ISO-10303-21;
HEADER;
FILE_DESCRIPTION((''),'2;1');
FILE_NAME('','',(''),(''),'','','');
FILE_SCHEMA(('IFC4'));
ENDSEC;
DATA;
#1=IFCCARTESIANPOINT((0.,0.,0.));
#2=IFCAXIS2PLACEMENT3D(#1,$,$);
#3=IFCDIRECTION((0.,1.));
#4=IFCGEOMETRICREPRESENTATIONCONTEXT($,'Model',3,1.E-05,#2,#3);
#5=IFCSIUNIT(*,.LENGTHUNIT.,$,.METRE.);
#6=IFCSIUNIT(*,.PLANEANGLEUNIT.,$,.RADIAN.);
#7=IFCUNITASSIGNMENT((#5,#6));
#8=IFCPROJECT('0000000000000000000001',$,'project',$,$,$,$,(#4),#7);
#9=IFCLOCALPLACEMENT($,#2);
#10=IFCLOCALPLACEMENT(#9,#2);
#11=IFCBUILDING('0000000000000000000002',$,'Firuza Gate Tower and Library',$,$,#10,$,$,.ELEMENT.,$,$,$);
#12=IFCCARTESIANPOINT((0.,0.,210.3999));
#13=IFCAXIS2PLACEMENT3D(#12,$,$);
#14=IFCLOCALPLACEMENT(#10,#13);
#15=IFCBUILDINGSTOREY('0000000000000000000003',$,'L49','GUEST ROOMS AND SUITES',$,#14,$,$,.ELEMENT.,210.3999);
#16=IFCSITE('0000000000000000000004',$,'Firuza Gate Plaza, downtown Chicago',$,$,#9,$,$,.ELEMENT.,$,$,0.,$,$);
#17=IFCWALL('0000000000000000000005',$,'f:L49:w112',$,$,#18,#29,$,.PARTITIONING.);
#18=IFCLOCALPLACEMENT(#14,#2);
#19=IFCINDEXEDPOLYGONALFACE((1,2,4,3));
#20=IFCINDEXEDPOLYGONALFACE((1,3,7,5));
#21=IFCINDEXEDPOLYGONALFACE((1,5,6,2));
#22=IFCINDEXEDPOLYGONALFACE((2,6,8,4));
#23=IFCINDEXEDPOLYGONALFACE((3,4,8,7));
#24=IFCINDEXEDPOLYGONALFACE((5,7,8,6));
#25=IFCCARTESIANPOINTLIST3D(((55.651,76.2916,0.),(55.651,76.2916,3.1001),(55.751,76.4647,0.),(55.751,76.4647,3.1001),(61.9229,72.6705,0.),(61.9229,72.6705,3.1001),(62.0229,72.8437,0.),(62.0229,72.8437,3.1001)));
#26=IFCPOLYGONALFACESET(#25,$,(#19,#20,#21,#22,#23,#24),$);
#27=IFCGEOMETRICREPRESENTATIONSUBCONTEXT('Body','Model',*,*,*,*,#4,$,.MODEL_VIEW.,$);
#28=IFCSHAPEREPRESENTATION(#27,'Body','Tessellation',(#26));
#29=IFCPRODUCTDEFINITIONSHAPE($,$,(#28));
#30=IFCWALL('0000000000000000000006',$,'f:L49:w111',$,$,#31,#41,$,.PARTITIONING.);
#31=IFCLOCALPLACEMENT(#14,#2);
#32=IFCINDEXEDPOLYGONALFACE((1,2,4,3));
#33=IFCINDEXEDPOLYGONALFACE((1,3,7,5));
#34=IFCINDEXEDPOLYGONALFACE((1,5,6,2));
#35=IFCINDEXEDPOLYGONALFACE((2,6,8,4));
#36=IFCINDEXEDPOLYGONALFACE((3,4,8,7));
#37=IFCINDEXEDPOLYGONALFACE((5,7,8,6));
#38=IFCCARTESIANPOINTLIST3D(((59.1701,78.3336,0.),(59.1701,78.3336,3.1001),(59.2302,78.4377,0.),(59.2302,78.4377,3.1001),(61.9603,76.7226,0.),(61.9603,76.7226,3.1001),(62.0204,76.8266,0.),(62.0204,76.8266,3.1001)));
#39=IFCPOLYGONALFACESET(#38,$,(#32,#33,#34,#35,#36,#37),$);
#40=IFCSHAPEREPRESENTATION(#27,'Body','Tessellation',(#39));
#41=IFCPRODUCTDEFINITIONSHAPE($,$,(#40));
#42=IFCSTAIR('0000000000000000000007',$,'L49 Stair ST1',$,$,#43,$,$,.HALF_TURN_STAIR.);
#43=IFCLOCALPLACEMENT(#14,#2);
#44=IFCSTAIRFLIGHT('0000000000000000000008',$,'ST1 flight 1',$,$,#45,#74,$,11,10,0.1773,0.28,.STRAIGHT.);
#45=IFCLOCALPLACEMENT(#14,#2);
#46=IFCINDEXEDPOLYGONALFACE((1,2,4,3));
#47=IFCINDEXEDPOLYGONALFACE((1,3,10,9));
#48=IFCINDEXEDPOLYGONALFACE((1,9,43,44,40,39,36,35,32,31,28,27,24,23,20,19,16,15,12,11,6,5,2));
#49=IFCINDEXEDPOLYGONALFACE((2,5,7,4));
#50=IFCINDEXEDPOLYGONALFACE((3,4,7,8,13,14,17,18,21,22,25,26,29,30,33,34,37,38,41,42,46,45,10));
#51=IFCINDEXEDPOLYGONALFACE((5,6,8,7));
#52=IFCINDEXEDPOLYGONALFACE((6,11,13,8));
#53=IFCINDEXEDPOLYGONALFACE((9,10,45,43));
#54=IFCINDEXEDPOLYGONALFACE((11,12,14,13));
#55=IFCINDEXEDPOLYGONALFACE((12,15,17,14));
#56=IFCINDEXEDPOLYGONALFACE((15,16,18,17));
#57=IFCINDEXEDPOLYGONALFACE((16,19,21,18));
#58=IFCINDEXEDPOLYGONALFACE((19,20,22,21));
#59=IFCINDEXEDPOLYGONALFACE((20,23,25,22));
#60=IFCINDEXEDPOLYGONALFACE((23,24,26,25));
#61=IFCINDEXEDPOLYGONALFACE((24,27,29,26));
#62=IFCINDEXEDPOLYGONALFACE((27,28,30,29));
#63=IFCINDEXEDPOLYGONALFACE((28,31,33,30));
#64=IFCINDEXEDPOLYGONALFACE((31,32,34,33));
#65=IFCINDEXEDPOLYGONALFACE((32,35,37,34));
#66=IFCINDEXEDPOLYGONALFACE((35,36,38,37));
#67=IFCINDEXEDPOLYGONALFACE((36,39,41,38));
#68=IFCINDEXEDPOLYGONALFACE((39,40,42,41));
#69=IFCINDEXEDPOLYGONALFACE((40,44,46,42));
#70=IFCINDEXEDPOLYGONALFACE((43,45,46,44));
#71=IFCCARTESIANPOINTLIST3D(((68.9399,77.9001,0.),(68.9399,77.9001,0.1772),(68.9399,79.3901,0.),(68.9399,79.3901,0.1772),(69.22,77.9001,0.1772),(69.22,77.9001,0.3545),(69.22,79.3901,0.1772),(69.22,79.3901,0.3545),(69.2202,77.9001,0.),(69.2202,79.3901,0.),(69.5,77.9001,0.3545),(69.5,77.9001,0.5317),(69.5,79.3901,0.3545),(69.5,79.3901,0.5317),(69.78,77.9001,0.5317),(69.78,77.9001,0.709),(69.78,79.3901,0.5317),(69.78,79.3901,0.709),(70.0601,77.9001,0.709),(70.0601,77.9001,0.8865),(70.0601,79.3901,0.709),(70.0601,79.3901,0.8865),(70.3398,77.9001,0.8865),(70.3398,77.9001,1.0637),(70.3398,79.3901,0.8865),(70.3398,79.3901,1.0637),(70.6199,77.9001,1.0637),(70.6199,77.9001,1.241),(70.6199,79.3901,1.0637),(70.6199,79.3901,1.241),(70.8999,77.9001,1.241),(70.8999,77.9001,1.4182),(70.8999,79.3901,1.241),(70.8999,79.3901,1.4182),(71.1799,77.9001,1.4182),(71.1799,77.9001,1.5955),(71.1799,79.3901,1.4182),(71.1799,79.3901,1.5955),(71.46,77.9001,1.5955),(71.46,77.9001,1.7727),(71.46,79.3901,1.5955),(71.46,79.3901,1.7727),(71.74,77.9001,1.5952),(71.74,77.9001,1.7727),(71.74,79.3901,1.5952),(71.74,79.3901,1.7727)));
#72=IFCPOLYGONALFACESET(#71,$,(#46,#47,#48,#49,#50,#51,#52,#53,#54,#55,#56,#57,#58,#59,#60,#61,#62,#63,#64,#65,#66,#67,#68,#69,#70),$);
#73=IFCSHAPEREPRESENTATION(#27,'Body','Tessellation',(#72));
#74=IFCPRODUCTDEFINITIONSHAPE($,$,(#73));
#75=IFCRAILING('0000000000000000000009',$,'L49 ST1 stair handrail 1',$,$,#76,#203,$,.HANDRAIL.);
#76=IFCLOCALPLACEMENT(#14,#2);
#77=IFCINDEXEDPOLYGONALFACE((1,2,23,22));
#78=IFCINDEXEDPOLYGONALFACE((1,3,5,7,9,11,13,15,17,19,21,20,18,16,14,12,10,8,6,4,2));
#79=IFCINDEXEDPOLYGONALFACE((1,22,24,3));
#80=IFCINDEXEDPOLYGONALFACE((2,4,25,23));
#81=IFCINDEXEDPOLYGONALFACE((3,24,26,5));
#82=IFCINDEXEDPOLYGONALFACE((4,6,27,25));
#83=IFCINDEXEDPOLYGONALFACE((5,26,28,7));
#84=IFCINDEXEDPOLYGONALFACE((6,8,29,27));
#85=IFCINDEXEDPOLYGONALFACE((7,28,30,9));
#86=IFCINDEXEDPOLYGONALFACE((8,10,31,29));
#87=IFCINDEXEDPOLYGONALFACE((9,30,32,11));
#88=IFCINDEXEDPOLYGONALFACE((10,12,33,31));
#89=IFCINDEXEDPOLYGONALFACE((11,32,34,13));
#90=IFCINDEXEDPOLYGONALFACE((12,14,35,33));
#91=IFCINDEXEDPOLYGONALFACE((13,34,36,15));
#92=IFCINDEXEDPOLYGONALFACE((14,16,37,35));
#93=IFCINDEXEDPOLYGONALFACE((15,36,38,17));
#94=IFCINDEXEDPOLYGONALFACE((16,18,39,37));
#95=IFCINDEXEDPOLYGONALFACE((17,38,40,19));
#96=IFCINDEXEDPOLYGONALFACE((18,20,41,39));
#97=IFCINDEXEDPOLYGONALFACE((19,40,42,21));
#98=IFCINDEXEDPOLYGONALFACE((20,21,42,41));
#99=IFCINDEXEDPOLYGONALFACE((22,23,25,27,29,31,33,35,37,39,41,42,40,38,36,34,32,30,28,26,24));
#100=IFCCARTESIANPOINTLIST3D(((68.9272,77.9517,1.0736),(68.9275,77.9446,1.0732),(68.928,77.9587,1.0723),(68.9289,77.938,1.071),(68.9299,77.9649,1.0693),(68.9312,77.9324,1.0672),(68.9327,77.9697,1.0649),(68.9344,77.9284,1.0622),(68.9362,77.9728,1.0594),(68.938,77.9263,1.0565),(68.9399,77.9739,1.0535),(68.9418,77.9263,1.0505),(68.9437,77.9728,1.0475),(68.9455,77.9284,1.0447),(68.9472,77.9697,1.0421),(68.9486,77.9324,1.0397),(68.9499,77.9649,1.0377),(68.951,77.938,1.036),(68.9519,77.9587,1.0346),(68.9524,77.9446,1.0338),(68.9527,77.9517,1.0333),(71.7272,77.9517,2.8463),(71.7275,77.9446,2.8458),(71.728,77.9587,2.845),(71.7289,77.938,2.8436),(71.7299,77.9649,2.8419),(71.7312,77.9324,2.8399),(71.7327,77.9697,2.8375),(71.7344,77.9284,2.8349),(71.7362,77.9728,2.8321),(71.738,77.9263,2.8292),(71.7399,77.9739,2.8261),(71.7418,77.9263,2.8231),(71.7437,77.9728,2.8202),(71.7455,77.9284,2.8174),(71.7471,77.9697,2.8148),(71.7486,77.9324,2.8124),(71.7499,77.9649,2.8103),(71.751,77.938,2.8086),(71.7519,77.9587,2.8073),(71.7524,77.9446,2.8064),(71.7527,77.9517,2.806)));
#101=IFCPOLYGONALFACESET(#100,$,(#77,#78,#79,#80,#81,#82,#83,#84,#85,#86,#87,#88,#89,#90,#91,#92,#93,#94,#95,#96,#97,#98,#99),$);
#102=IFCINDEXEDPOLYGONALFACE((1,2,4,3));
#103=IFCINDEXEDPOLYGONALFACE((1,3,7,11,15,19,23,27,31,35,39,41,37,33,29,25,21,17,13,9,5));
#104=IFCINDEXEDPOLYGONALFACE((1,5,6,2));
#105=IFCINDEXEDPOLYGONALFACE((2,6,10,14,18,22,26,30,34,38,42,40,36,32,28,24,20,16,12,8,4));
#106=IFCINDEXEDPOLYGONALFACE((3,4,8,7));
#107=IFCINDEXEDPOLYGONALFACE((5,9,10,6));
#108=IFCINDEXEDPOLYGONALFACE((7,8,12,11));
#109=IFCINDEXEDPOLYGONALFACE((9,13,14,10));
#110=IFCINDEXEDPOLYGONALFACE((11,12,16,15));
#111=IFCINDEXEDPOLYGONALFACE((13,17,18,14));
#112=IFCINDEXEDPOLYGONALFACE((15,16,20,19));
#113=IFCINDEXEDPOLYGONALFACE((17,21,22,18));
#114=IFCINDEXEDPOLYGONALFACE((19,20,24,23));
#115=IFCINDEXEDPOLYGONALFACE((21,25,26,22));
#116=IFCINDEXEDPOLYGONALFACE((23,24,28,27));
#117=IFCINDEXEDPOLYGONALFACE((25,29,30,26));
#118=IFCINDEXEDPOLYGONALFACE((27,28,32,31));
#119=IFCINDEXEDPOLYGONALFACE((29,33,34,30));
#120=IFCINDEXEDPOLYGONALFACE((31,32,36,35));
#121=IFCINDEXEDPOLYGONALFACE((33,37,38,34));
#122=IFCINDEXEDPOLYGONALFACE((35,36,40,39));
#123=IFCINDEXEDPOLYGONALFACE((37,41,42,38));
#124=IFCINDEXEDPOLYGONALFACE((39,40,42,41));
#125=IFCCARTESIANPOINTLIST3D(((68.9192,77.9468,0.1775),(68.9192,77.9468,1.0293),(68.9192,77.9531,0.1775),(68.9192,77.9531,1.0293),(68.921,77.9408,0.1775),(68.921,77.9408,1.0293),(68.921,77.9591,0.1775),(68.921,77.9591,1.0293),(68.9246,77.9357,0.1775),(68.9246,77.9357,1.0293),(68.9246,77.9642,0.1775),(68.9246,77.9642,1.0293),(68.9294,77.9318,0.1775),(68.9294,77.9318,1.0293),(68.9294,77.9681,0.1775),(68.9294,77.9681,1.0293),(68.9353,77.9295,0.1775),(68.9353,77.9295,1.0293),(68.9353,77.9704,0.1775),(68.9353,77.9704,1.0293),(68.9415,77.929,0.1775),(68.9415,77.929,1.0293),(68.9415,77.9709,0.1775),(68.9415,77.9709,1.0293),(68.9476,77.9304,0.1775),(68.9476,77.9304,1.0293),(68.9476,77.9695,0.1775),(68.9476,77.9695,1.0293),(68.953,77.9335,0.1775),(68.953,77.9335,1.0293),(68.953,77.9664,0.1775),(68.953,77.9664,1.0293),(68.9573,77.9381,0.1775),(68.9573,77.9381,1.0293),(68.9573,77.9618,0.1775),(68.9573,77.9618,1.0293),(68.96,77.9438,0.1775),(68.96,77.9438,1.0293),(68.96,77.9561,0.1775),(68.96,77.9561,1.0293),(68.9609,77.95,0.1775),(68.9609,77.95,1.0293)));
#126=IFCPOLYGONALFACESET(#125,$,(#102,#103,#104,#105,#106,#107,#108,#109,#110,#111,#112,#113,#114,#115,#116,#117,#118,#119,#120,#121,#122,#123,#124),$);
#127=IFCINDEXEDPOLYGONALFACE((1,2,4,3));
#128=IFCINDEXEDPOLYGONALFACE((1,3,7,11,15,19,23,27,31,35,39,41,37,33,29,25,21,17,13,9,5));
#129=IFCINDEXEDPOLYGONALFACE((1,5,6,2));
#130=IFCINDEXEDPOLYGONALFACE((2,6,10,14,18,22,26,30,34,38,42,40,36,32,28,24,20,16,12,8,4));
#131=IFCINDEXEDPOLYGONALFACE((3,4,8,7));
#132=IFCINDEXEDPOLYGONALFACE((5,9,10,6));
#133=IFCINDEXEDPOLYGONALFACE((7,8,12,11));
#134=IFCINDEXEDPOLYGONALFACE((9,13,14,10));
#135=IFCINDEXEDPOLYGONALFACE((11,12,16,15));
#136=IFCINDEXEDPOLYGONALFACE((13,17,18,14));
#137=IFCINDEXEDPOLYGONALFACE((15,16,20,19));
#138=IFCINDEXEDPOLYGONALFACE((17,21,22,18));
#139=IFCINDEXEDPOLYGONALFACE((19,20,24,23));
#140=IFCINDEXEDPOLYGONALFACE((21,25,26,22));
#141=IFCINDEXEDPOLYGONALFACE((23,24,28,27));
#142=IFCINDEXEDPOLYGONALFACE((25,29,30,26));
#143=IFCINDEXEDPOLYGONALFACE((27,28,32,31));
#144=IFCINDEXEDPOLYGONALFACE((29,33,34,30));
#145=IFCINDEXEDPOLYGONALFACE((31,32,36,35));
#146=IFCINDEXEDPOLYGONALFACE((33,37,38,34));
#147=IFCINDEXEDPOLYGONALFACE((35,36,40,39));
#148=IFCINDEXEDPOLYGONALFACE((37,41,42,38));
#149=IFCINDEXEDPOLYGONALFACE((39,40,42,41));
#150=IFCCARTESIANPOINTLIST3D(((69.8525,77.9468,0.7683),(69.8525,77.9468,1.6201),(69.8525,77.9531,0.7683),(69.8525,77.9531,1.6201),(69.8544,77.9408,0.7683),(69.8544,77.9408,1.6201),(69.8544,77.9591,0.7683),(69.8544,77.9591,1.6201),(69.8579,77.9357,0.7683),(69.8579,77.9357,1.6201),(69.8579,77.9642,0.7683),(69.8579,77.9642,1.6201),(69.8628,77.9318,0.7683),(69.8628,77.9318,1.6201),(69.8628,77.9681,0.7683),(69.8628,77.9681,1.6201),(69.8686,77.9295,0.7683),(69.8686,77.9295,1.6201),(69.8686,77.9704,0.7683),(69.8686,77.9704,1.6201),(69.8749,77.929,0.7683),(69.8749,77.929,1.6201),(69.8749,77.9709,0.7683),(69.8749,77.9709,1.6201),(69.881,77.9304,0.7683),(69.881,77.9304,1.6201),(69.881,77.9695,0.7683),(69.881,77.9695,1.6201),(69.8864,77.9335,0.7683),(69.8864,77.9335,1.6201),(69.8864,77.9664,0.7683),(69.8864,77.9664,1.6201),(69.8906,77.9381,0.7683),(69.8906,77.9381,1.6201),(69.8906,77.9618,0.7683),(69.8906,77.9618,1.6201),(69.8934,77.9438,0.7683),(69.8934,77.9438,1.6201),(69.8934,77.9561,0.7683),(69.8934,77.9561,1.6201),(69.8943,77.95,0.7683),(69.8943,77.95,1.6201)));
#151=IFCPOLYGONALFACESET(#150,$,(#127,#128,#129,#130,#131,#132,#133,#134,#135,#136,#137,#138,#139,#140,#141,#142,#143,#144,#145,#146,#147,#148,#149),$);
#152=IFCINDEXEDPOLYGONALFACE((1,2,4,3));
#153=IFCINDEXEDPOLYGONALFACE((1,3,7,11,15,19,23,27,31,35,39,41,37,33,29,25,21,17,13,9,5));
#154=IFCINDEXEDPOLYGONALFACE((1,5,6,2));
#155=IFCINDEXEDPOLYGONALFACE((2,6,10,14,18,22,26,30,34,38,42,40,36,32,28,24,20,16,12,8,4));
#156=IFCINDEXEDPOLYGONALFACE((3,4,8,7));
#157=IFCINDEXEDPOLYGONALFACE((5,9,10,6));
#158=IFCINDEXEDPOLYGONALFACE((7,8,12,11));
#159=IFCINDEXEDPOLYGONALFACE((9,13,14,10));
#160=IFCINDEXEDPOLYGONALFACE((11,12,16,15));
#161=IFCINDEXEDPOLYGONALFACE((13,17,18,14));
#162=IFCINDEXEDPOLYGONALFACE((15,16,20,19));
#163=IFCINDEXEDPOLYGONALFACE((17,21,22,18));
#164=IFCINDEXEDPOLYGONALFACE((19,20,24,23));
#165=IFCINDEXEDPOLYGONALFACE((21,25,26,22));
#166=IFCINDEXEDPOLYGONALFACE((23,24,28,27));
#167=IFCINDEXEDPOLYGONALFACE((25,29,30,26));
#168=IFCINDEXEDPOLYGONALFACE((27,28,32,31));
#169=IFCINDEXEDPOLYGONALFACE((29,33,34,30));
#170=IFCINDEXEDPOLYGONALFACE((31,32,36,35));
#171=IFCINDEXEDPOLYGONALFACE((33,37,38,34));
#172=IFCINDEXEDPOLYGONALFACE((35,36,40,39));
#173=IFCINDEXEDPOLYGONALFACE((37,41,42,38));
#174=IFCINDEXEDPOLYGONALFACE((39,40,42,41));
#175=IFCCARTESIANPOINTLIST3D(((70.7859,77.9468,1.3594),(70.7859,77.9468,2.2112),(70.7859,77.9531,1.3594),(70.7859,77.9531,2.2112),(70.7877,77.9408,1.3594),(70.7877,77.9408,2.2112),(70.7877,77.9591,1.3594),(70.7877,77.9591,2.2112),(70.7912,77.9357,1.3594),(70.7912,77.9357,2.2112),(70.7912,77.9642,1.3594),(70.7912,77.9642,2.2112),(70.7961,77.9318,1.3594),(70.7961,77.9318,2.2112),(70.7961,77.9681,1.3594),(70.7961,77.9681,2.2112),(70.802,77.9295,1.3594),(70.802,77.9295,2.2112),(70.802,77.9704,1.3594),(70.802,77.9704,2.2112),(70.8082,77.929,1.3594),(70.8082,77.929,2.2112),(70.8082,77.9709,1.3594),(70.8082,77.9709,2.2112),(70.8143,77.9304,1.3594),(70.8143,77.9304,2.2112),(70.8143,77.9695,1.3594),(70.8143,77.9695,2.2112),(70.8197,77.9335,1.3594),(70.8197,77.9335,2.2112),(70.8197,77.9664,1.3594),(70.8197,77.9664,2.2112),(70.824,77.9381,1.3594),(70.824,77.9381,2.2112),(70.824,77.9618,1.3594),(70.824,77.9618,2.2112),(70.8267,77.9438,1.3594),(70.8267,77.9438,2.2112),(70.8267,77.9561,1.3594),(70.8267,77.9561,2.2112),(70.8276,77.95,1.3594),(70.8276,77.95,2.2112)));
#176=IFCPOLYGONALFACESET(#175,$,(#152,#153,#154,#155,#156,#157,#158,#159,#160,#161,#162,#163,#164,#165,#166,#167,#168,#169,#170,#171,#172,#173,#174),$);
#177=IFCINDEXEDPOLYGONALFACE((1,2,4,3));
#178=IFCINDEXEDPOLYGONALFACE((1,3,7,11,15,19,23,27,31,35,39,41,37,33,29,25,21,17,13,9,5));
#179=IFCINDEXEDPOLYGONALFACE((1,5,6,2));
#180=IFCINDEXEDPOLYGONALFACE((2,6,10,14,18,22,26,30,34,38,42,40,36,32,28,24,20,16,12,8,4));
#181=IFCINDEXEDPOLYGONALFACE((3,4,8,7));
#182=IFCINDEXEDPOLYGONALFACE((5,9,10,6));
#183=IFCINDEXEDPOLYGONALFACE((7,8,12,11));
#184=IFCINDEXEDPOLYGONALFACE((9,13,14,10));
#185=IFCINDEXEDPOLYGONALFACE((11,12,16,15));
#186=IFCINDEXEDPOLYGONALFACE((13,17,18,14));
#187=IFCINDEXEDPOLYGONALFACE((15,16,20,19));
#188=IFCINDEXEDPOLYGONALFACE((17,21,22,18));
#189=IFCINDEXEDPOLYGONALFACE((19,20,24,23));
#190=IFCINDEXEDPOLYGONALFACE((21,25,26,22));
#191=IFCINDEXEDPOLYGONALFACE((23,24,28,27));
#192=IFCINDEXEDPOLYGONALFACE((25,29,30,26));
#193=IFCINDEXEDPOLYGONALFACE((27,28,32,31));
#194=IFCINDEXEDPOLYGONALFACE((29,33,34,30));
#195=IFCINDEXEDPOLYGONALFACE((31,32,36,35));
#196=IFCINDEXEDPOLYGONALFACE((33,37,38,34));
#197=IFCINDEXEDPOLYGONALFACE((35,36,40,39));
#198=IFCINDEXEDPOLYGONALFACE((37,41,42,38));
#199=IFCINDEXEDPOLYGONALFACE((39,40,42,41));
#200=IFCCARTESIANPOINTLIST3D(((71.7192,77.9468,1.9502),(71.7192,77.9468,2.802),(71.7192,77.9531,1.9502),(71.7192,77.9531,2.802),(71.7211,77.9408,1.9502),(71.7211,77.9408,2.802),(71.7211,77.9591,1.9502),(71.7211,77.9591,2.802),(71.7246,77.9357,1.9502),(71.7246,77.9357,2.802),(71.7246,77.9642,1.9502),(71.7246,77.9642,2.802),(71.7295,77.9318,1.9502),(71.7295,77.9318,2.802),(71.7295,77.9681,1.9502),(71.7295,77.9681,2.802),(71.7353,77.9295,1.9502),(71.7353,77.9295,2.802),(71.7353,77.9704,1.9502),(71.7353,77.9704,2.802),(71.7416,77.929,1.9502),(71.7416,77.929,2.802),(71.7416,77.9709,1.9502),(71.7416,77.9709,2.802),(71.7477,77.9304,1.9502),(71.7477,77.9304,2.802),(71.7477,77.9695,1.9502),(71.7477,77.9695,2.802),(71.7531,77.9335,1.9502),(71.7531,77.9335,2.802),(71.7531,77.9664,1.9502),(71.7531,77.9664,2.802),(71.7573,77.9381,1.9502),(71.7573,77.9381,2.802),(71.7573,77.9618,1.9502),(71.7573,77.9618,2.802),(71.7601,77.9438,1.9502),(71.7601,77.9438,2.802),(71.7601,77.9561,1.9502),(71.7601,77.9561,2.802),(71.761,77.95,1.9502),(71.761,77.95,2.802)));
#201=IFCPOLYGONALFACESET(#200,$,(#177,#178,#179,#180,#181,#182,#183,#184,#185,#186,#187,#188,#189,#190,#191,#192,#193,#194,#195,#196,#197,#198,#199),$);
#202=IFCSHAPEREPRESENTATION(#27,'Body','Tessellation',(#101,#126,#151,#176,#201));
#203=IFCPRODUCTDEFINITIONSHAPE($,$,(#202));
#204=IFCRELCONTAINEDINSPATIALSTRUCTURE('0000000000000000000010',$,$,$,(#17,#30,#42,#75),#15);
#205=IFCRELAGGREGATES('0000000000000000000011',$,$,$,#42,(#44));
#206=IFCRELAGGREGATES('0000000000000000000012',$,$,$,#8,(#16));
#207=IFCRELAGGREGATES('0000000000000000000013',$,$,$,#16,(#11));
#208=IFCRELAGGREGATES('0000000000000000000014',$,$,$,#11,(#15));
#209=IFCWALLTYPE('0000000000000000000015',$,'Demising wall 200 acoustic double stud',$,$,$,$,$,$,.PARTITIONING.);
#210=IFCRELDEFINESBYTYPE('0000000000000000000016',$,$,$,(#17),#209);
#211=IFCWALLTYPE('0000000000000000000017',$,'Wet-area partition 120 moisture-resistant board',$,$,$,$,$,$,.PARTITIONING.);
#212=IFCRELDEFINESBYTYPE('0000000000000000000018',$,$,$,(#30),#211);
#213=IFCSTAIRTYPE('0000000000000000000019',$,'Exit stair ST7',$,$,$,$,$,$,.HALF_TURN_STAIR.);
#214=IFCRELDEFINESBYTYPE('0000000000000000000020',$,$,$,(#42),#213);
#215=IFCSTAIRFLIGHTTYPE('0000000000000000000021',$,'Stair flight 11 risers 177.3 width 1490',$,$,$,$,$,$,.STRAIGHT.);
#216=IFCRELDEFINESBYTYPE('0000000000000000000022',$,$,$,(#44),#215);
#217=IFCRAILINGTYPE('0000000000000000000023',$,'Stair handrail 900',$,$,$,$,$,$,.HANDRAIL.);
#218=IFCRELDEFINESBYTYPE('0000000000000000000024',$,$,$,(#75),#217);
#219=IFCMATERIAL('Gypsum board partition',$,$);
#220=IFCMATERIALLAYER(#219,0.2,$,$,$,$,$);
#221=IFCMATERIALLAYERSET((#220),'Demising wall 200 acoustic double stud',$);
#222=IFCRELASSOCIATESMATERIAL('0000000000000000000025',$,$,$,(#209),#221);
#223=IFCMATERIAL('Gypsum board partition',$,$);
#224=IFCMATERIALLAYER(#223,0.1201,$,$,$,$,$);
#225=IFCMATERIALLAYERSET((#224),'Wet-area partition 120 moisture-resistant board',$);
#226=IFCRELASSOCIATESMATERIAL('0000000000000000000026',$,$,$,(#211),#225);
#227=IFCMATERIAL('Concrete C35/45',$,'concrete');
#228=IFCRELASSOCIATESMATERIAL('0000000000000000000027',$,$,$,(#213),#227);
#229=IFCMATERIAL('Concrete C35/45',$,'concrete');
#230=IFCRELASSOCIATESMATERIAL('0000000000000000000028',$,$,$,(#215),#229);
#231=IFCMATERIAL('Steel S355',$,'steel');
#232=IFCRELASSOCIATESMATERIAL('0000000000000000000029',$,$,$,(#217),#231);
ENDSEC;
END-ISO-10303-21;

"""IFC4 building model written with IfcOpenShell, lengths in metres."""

from ifc_helpers import new_model, si_unit, direction, frame, frame_2d, origin, origin_2d, place, context, subcontext, project, spatial, polyline, rectangle, circle, outline, extrude, material, layer, layer_set, type_object, element, aggregate, save


model = new_model("IFC4")

# Units and contexts
model_context = context("Model", 3, precision=1e-05, world=origin(), true_north=direction((0.0, 1.0)))
body_context = subcontext(model_context, "Body", "Model", "MODEL_VIEW")
ifc_project = project(units=[si_unit("LENGTHUNIT", "METRE"), si_unit("PLANEANGLEUNIT", "RADIAN")], contexts=[model_context])

# Site, building, storey
site_placement = place(None, origin())
site = spatial("IfcSite", under=ifc_project, at=site_placement, Name="Firuza Gate Plaza, downtown Chicago", CompositionType="ELEMENT", RefElevation=0.0)
building_placement = place(site_placement, origin())
building = spatial("IfcBuilding", under=site, at=building_placement, Name="Firuza Gate Tower and Library", CompositionType="ELEMENT")
storey_placement = place(building_placement, frame((0.0, 0.0, 210.3999)))
storey = spatial("IfcBuildingStorey", under=building, at=storey_placement, Name="L49", Description="GUEST ROOMS AND SUITES", CompositionType="ELEMENT", Elevation=210.3999)

# Walls
ifc_material_1 = material(Name="Gypsum board partition")
ifc_layer_1 = layer(ifc_material_1, 0.2)
ifc_layer_set_1 = layer_set([ifc_layer_1], Name="Demising wall 200 acoustic double stud")
wall_type_1 = type_object("IfcWallType", Name="Demising wall 200 acoustic double stud", PredefinedType="PARTITIONING", material=ifc_layer_set_1)
wall_1_placement = place(storey_placement, frame((61.9729, 72.7571, 0.0), z_axis=(0.0, 0.0, 1.0), x_axis=(-0.866027, 0.499997, 0.0)))
element("IfcWall", 1, at=wall_1_placement, inside=storey, type_object=wall_type_1, Name="f:L49:w112", PredefinedType="PARTITIONING", context=body_context, shape_type="SweptSolid", body=[
    extrude(rectangle(XDim=7.2422, YDim=0.2, at=frame_2d((3.6211, 0.0))), origin(), (0.0, 0.0, 1.0), 3.1001),
])
ifc_material_2 = material(Name="Gypsum board partition")
ifc_layer_2 = layer(ifc_material_2, 0.1201)
ifc_layer_set_2 = layer_set([ifc_layer_2], Name="Wet-area partition 120 moisture-resistant board")
wall_type_2 = type_object("IfcWallType", Name="Wet-area partition 120 moisture-resistant board", PredefinedType="PARTITIONING", material=ifc_layer_set_2)
wall_2_placement = place(storey_placement, frame((61.9902, 76.7747, 0.0), z_axis=(0.0, 0.0, 1.0), x_axis=(-0.86601, 0.500026, 0.0)))
element("IfcWall", 2, at=wall_2_placement, inside=storey, type_object=wall_type_2, Name="f:L49:w111", PredefinedType="PARTITIONING", context=body_context, shape_type="SweptSolid", body=[
    extrude(rectangle(XDim=3.2219, YDim=0.1201, at=frame_2d((1.6108, 0.0))), origin(), (0.0, 0.0, 1.0), 3.1001),
])

# Stair, stair flight
ifc_material_3 = material(Name="Concrete C35/45", Category="concrete")
stair_type = type_object("IfcStairType", Name="Exit stair ST7", PredefinedType="HALF_TURN_STAIR", material=ifc_material_3)
stair_placement = place(storey_placement, origin())
stair = element("IfcStair", 3, at=stair_placement, inside=storey, type_object=stair_type, Name="L49 Stair ST1", PredefinedType="HALF_TURN_STAIR")
ifc_material_4 = material(Name="Concrete C35/45", Category="concrete")
stair_flight_type = type_object("IfcStairFlightType", Name="Stair flight 11 risers 177.3 width 1490", PredefinedType="STRAIGHT", material=ifc_material_4)
stair_flight_placement = place(storey_placement, frame((68.9399, 78.645, 0.0), z_axis=(0.0, 0.0, 1.0), x_axis=(1.0, 0.0, 0.0)))
stair_flight = element("IfcStairFlight", 4, at=stair_flight_placement, type_object=stair_flight_type, Name="ST1 flight 1", NumberOfRisers=11, NumberOfTreads=10, PredefinedType="STRAIGHT", RiserHeight=0.1773, TreadLength=0.28, context=body_context, shape_type="SweptSolid", body=[
    extrude(outline(polyline([(0.0, 0.0), (0.0, 0.1772), (0.28, 0.1772), (0.28, 0.3545), (0.5601, 0.3545), (0.5601, 0.5317), (0.8401, 0.5317), (0.8401, 0.709), (1.1201, 0.709), (1.1201, 0.8865), (1.3999, 0.8865), (1.3999, 1.0637), (1.6799, 1.0637), (1.6799, 1.241), (1.96, 1.241), (1.96, 1.4182), (2.24, 1.4182), (2.24, 1.5955), (2.52, 1.5955), (2.52, 1.7727), (2.8, 1.7727), (2.8, 1.95), (2.8, 1.5952), (0.2803, 0.0), (0.0, 0.0)])), frame((0.0, 0.7451, 0.0), z_axis=(0.0, -1.0, 0.0), x_axis=(1.0, 0.0, 0.0)), (0.0, 0.0, 1.0), 1.49),
])
aggregate(stair, [stair_flight])

# Railing
ifc_material_5 = material(Name="Steel S355", Category="steel")
railing_type_1 = type_object("IfcRailingType", Name="Stair handrail 900", PredefinedType="HANDRAIL", material=ifc_material_5)
railing_1_placement = place(storey_placement, frame((68.9399, 77.95, 0.1775)))
element("IfcRailing", 5, at=railing_1_placement, inside=storey, type_object=railing_type_1, Name="L49 ST1 stair handrail 1", PredefinedType="HANDRAIL", context=body_context, shape_type="SweptSolid", body=[
    extrude(circle(Radius=0.0239, at=origin_2d()), frame((0.0, 0.0, 0.876), z_axis=(0.844909, 0.0, 0.53491), x_axis=(0.0, 1.0, 0.0)), (0.0, 0.0, 1.0), 3.314),
    extrude(circle(Radius=0.021, at=origin_2d()), origin(), (0.0, 0.0, 1.0), 0.8518),
    extrude(circle(Radius=0.021, at=origin_2d()), frame((0.9333, 0.0, 0.5908)), (0.0, 0.0, 1.0), 0.8518),
    extrude(circle(Radius=0.021, at=origin_2d()), frame((1.8667, 0.0, 1.1819)), (0.0, 0.0, 1.0), 0.8518),
    extrude(circle(Radius=0.021, at=origin_2d()), frame((2.8, 0.0, 1.7727)), (0.0, 0.0, 1.0), 0.8518),
])

save(model, "model.ifc")
